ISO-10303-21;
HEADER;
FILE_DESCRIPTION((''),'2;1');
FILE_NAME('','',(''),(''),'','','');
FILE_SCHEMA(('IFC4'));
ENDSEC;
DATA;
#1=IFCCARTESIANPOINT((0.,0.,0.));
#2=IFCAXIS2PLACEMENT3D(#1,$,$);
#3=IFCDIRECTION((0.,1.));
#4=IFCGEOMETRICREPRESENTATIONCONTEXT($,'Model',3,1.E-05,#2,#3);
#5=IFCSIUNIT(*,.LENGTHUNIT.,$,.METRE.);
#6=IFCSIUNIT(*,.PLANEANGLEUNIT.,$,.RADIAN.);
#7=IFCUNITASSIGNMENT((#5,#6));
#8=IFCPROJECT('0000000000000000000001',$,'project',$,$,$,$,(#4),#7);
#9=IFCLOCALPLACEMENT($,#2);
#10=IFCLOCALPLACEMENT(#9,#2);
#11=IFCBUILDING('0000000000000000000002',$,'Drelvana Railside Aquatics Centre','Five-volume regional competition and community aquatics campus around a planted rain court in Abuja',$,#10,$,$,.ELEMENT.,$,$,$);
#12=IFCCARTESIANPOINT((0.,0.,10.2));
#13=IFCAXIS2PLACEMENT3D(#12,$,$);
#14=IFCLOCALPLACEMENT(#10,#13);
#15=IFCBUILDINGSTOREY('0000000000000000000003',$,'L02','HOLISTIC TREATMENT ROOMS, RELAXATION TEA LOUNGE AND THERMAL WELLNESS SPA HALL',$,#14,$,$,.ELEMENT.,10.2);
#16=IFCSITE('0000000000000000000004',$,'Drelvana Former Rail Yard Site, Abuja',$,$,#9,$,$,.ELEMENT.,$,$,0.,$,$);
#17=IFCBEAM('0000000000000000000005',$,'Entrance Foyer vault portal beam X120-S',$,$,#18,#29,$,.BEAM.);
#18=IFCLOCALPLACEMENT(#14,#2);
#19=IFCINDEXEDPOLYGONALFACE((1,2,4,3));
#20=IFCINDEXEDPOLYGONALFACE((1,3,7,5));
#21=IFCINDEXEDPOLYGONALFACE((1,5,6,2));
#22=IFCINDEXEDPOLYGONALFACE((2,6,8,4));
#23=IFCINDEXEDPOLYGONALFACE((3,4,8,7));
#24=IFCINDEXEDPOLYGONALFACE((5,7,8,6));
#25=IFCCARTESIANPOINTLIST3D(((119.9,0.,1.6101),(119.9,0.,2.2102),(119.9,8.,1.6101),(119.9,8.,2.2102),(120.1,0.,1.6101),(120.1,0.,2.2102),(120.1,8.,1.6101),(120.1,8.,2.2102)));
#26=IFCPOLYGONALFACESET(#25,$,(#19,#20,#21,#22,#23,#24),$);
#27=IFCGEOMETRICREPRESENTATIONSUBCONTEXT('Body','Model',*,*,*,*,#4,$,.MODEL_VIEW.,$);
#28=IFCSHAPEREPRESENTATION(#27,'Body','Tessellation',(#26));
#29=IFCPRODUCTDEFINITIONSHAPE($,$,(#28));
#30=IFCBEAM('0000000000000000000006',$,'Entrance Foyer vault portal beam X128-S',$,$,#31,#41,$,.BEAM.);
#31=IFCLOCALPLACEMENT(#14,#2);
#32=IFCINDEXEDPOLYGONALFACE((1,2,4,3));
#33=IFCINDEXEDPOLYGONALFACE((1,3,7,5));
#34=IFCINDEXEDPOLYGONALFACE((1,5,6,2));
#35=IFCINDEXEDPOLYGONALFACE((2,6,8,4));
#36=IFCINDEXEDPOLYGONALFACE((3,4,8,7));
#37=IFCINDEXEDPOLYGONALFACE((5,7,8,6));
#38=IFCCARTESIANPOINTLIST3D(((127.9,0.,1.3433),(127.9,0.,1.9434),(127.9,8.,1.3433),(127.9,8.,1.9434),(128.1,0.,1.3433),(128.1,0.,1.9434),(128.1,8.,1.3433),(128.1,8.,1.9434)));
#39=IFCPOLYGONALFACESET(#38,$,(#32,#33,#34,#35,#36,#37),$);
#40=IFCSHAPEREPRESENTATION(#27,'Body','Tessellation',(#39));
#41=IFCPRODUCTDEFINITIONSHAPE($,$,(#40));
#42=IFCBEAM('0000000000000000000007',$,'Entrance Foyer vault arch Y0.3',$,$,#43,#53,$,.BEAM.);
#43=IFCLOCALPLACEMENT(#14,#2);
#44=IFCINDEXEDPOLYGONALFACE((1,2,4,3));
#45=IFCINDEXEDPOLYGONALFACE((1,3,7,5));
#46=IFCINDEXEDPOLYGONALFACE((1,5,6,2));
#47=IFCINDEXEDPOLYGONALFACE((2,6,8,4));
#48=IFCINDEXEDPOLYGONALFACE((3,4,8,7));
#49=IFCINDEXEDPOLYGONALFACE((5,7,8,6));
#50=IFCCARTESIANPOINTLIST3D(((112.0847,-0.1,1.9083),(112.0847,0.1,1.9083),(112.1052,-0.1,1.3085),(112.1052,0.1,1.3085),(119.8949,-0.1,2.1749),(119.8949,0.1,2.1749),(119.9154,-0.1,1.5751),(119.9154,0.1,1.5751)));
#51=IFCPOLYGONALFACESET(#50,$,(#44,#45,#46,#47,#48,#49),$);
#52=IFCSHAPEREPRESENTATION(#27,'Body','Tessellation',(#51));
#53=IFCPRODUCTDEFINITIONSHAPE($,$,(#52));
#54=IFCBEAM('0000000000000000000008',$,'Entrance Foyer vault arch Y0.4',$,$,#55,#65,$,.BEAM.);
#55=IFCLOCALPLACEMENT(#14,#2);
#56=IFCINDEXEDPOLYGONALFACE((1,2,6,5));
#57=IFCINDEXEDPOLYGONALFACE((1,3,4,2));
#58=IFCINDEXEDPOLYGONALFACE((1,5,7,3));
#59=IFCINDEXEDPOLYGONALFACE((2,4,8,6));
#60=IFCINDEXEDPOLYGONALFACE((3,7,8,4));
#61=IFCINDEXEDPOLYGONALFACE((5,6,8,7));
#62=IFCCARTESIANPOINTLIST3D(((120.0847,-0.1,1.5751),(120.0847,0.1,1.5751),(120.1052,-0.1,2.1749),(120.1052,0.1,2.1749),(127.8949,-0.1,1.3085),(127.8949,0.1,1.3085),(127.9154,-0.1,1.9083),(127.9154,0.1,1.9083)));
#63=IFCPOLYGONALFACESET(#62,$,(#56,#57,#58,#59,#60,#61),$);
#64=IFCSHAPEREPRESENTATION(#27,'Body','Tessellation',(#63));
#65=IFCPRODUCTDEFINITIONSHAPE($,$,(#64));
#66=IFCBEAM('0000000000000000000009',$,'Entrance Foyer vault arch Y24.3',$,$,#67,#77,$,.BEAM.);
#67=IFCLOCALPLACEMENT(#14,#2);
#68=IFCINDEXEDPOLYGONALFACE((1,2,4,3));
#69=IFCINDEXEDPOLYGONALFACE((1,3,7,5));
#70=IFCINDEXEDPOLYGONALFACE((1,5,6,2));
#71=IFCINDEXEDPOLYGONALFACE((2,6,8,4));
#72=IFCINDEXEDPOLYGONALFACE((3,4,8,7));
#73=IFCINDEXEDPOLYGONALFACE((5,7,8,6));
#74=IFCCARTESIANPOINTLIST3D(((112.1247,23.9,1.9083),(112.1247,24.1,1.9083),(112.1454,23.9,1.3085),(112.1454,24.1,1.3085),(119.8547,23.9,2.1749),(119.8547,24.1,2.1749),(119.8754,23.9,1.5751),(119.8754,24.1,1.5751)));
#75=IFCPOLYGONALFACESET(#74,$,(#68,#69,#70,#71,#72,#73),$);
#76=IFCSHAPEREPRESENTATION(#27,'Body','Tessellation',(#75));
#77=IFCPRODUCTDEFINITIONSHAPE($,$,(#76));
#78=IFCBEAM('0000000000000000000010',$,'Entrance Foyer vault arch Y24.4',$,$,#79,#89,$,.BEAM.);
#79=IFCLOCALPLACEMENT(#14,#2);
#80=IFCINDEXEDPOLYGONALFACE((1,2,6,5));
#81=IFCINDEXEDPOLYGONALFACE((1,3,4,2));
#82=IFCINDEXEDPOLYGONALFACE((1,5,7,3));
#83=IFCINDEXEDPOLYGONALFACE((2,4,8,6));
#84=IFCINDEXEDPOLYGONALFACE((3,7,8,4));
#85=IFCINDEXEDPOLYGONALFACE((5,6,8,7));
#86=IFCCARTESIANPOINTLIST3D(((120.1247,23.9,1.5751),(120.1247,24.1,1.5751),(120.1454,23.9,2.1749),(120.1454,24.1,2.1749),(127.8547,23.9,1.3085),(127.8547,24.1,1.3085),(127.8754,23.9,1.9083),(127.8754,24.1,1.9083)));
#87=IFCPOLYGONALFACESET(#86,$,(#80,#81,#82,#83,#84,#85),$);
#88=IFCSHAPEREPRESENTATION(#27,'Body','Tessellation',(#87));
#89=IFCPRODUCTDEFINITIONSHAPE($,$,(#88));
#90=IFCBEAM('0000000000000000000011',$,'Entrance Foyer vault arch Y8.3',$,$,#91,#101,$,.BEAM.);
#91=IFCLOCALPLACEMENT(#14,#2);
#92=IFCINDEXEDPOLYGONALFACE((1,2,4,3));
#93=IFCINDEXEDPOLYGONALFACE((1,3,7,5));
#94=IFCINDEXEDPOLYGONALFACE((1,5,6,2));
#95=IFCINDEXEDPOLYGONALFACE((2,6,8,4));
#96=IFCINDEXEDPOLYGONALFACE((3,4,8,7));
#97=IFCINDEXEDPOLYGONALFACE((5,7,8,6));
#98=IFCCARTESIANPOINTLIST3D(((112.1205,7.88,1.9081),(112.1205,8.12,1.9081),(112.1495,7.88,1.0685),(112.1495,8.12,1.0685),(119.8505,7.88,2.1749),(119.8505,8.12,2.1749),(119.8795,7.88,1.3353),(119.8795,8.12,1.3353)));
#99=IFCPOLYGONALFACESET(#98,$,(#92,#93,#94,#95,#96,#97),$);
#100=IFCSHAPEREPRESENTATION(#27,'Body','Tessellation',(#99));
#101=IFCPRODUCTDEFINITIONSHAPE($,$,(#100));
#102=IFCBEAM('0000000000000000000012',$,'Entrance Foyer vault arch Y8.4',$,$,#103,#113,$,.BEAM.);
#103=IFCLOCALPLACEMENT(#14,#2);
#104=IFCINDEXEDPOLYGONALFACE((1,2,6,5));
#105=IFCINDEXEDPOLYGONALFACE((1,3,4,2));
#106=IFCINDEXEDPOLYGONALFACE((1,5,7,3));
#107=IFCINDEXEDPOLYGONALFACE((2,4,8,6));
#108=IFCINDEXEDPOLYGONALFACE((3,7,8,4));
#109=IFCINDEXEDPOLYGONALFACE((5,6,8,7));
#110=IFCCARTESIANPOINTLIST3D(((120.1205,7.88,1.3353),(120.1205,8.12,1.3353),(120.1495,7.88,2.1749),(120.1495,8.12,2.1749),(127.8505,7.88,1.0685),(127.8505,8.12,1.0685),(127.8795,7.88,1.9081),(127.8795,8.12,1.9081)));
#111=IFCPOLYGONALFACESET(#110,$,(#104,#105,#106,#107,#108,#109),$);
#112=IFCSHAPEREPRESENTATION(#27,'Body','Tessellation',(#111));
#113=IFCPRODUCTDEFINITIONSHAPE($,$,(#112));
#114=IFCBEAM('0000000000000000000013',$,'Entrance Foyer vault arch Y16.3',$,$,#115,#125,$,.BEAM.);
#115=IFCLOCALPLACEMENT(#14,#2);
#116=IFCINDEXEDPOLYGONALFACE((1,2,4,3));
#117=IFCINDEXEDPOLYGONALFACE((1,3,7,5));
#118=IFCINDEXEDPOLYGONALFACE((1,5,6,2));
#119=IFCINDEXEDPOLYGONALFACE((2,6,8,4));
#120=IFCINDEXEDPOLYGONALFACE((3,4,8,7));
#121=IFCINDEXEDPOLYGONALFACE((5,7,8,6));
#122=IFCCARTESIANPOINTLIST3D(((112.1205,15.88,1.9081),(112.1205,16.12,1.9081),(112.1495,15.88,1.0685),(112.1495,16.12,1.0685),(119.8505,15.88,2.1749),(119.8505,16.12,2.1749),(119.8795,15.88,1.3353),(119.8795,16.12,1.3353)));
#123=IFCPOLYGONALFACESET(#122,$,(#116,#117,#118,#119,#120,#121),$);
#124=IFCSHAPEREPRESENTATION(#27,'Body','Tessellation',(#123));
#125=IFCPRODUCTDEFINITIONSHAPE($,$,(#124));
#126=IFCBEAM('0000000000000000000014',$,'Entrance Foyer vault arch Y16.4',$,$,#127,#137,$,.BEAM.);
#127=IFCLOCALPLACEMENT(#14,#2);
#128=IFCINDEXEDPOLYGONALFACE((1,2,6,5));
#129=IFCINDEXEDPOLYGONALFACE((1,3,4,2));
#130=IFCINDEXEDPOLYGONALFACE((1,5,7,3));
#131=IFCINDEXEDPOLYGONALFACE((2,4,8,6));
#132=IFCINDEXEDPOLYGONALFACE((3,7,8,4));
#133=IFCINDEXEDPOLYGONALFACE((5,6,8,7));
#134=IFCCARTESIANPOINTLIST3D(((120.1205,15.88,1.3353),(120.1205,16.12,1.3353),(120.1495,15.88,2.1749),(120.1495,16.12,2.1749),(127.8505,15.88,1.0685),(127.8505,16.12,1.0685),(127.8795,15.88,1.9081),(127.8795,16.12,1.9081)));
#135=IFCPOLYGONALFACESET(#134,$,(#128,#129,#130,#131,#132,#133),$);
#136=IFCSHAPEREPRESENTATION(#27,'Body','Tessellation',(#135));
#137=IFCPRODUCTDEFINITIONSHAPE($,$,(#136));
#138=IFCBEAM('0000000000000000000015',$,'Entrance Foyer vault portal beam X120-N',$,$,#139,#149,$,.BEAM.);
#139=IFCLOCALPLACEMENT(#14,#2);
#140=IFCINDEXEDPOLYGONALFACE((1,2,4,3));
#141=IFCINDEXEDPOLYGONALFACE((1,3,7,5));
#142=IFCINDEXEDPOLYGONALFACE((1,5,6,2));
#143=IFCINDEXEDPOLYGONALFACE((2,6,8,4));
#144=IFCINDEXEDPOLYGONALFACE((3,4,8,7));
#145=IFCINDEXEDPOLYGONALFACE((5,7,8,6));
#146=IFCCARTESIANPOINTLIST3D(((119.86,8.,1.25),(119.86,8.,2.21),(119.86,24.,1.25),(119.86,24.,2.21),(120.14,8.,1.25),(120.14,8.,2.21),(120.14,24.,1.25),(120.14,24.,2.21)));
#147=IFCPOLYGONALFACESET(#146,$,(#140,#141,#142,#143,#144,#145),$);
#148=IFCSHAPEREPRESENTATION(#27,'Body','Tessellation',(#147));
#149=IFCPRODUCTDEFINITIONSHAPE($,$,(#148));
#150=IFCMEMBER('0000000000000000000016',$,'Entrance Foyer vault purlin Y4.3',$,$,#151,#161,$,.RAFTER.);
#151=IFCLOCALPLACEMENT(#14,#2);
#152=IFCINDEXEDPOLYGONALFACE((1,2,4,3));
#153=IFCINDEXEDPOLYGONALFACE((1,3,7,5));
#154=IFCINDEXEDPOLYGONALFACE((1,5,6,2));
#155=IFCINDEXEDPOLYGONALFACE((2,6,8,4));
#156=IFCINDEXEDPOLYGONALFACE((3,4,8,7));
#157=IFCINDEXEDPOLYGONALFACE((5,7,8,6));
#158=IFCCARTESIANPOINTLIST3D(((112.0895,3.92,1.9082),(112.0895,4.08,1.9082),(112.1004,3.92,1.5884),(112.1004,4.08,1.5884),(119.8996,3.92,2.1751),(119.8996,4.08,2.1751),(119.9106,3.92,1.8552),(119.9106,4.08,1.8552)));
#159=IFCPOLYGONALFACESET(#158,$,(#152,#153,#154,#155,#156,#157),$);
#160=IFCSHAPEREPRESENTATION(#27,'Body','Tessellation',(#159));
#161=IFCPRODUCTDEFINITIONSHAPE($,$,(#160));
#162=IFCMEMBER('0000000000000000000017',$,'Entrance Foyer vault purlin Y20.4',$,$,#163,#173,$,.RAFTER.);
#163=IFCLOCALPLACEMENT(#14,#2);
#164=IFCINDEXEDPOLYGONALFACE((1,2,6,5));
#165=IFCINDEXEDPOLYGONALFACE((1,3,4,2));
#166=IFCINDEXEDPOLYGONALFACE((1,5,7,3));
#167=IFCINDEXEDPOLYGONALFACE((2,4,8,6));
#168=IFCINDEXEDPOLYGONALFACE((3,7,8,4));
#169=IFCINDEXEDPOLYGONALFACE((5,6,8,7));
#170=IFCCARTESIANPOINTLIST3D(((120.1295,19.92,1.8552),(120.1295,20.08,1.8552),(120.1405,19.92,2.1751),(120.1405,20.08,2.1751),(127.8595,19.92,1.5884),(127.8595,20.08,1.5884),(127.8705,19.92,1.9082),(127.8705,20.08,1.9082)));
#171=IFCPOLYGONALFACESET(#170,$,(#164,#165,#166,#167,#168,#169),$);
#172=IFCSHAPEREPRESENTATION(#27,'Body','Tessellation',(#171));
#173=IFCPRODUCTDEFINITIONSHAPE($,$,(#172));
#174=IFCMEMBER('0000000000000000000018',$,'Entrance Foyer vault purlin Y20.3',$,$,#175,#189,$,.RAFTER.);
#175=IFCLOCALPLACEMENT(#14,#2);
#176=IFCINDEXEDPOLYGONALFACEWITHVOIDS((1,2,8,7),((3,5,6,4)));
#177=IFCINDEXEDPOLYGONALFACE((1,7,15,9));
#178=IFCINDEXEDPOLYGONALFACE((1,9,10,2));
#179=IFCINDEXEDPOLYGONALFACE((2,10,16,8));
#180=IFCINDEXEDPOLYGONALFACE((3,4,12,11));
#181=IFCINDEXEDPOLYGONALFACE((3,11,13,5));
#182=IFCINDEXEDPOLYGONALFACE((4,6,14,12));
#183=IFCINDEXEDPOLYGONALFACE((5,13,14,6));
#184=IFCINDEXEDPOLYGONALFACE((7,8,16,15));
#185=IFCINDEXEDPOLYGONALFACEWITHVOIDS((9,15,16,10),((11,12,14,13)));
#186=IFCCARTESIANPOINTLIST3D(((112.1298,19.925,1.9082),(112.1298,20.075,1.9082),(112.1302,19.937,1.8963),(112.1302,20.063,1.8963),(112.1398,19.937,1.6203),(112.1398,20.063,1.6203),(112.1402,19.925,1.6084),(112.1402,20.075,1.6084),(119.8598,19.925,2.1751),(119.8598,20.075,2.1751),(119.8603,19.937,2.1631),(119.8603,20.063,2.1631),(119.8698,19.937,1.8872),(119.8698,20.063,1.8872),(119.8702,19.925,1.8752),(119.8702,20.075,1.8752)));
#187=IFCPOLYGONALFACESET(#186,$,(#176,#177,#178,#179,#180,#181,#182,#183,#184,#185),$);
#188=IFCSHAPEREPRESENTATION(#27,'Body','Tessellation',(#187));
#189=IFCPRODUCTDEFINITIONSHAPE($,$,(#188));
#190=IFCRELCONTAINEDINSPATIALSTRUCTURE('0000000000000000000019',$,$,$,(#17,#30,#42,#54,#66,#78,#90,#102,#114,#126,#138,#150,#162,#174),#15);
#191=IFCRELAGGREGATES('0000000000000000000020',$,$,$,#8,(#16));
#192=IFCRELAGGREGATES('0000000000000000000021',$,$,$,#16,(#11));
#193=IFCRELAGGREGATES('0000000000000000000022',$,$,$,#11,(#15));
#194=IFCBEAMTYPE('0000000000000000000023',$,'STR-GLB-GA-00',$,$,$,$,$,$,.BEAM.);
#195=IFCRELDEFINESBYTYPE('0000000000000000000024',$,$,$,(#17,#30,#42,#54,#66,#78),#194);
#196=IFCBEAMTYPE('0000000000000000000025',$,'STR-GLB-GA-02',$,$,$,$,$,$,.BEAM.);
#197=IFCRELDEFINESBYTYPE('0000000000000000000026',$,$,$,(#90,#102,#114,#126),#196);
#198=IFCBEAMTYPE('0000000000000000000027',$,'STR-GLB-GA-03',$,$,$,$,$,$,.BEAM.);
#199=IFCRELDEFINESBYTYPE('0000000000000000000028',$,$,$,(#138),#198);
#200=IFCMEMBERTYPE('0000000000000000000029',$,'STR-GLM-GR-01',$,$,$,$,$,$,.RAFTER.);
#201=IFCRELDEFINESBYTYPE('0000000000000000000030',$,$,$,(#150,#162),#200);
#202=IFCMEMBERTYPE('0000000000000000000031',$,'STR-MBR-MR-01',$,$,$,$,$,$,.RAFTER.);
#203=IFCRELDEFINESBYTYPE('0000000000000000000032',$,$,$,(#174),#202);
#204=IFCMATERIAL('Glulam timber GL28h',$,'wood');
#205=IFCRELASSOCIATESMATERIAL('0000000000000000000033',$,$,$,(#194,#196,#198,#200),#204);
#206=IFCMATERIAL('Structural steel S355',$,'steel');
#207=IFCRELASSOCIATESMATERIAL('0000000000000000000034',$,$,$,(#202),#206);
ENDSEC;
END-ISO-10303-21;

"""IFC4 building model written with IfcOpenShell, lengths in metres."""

from ifc_helpers import new_model, si_unit, direction, frame, origin, origin_2d, place, context, subcontext, project, spatial, rectangle, hollow_rectangle, extrude, material, material_profile, profile_set, type_object, element, save


model = new_model("IFC4")

# Units and contexts
model_context = context("Model", 3, precision=1e-05, world=origin(), true_north=direction((0.0, 1.0)))
body_context = subcontext(model_context, "Body", "Model", "MODEL_VIEW")
ifc_project = project(units=[si_unit("LENGTHUNIT", "METRE"), si_unit("PLANEANGLEUNIT", "RADIAN")], contexts=[model_context])

# Site, building, storey
site_placement = place(None, origin())
site = spatial("IfcSite", under=ifc_project, at=site_placement, Name="Drelvana Former Rail Yard Site, Abuja", CompositionType="ELEMENT", RefElevation=0.0)
building_placement = place(site_placement, origin())
building = spatial("IfcBuilding", under=site, at=building_placement, Name="Drelvana Railside Aquatics Centre", Description="Five-volume regional competition and community aquatics campus around a planted rain court in Abuja", CompositionType="ELEMENT")
storey_placement = place(building_placement, frame((0.0, 0.0, 10.2)))
storey = spatial("IfcBuildingStorey", under=building, at=storey_placement, Name="L02", Description="HOLISTIC TREATMENT ROOMS, RELAXATION TEA LOUNGE AND THERMAL WELLNESS SPA HALL", CompositionType="ELEMENT", Elevation=10.2)

# Beams
ifc_material_1 = material(Name="Glulam timber GL28h", Category="wood")
ifc_material_profile_1 = material_profile(ifc_material_1, rectangle(XDim=0.2, YDim=0.6001, at=origin_2d()), Name="GL28h 200x600")
ifc_profile_set_1 = profile_set([ifc_material_profile_1], Name="Glulam timber GL28h")
beam_type_1 = type_object("IfcBeamType", Name="STR-GLB-GA-00", PredefinedType="BEAM", material=ifc_profile_set_1)
for number, where, z_axis, x_axis, name in (
    (1, (120.0, 0.0, 1.9102), (0.0, 1.0, 0.0), (-1.0, 0.0, 0.0), "Entrance Foyer vault portal beam X120-S"),
    (2, (128.0, 0.0, 1.6433), (0.0, 1.0, 0.0), (-1.0, 0.0, 0.0), "Entrance Foyer vault portal beam X128-S"),
):
    element("IfcBeam", number, at=place(storey_placement, frame(where, z_axis=z_axis, x_axis=x_axis)), inside=storey, type_object=beam_type_1, Name=name, PredefinedType="BEAM", context=body_context, shape_type="SweptSolid", body=[
        extrude(rectangle(XDim=0.2, YDim=0.6001, at=origin_2d()), origin(), (0.0, 0.0, 1.0), 8.0),
    ])
for number, where, z_axis, x_axis, name in (
    (3, (112.095, 0.0, 1.6084), (0.999418, 0.0, 0.034116), (0.0, 1.0, 0.0), "Entrance Foyer vault arch Y0.3"),
    (4, (120.095, 0.0, 1.875), (0.999418, 0.0, -0.034116), (0.0, 1.0, 0.0), "Entrance Foyer vault arch Y0.4"),
):
    element("IfcBeam", number, at=place(storey_placement, frame(where, z_axis=z_axis, x_axis=x_axis)), inside=storey, type_object=beam_type_1, Name=name, PredefinedType="BEAM", context=body_context, shape_type="SweptSolid", body=[
        extrude(rectangle(XDim=0.2, YDim=0.6001, at=origin_2d()), origin(), (0.0, 0.0, 1.0), 7.8147),
    ])
for number, where, z_axis, x_axis, name in (
    (5, (112.135, 24.0, 1.6084), (0.999406, 0.0, 0.034469), (0.0, 1.0, 0.0), "Entrance Foyer vault arch Y24.3"),
    (6, (120.135, 24.0, 1.875), (0.999406, 0.0, -0.034469), (0.0, 1.0, 0.0), "Entrance Foyer vault arch Y24.4"),
):
    element("IfcBeam", number, at=place(storey_placement, frame(where, z_axis=z_axis, x_axis=x_axis)), inside=storey, type_object=beam_type_1, Name=name, PredefinedType="BEAM", context=body_context, shape_type="SweptSolid", body=[
        extrude(rectangle(XDim=0.2, YDim=0.6001, at=origin_2d()), origin(), (0.0, 0.0, 1.0), 7.7346),
    ])
ifc_material_profile_2 = material_profile(ifc_material_1, rectangle(XDim=0.24, YDim=0.8401, at=origin_2d()), Name="GL28h 240x840")
ifc_profile_set_2 = profile_set([ifc_material_profile_2], Name="Glulam timber GL28h")
beam_type_2 = type_object("IfcBeamType", Name="STR-GLB-GA-02", PredefinedType="BEAM", material=ifc_profile_set_2)
for number, where, z_axis, x_axis, name in (
    (7, (112.135, 8.0, 1.4883), (0.999405, 0.0, 0.0345), (0.0, 1.0, 0.0), "Entrance Foyer vault arch Y8.3"),
    (8, (120.135, 8.0, 1.7551), (0.999405, 0.0, -0.0345), (0.0, 1.0, 0.0), "Entrance Foyer vault arch Y8.4"),
    (9, (112.135, 16.0, 1.4883), (0.999405, 0.0, 0.0345), (0.0, 1.0, 0.0), "Entrance Foyer vault arch Y16.3"),
    (10, (120.135, 16.0, 1.7551), (0.999405, 0.0, -0.0345), (0.0, 1.0, 0.0), "Entrance Foyer vault arch Y16.4"),
):
    element("IfcBeam", number, at=place(storey_placement, frame(where, z_axis=z_axis, x_axis=x_axis)), inside=storey, type_object=beam_type_2, Name=name, PredefinedType="BEAM", context=body_context, shape_type="SweptSolid", body=[
        extrude(rectangle(XDim=0.24, YDim=0.8401, at=origin_2d()), origin(), (0.0, 0.0, 1.0), 7.7346),
    ])
ifc_material_profile_3 = material_profile(ifc_material_1, rectangle(XDim=0.28, YDim=0.96, at=origin_2d()), Name="GL28h 280x960")
ifc_profile_set_3 = profile_set([ifc_material_profile_3], Name="Glulam timber GL28h")
beam_type_3 = type_object("IfcBeamType", Name="STR-GLB-GA-03", PredefinedType="BEAM", material=ifc_profile_set_3)
beam_placement = place(storey_placement, frame((120.0, 8.0, 1.73), z_axis=(0.0, 1.0, 0.0), x_axis=(-1.0, 0.0, 0.0)))
element("IfcBeam", 11, at=beam_placement, inside=storey, type_object=beam_type_3, Name="Entrance Foyer vault portal beam X120-N", PredefinedType="BEAM", context=body_context, shape_type="SweptSolid", body=[
    extrude(rectangle(XDim=0.28, YDim=0.96, at=origin_2d()), origin(), (0.0, 0.0, 1.0), 16.0),
])

# Members
ifc_material_profile_4 = material_profile(ifc_material_1, rectangle(XDim=0.1599, YDim=0.3201, at=origin_2d()), Name="GL28h 160x320")
ifc_profile_set_4 = profile_set([ifc_material_profile_4], Name="Glulam timber GL28h")
member_type_1 = type_object("IfcMemberType", Name="STR-GLM-GR-01", PredefinedType="RAFTER", material=ifc_profile_set_4)
member_1_placement = place(storey_placement, frame((112.095, 4.0, 1.7483), z_axis=(0.999417, 0.0, 0.034147), x_axis=(0.0, 1.0, 0.0)))
element("IfcMember", 12, at=member_1_placement, inside=storey, type_object=member_type_1, Name="Entrance Foyer vault purlin Y4.3", PredefinedType="RAFTER", context=body_context, shape_type="SweptSolid", body=[
    extrude(rectangle(XDim=0.1599, YDim=0.3201, at=origin_2d()), origin(), (0.0, 0.0, 1.0), 7.8147),
])
member_2_placement = place(storey_placement, frame((120.135, 20.0, 2.0151), z_axis=(0.999405, 0.0, -0.0345), x_axis=(0.0, 1.0, 0.0)))
element("IfcMember", 13, at=member_2_placement, inside=storey, type_object=member_type_1, Name="Entrance Foyer vault purlin Y20.4", PredefinedType="RAFTER", context=body_context, shape_type="SweptSolid", body=[
    extrude(rectangle(XDim=0.1599, YDim=0.3201, at=origin_2d()), origin(), (0.0, 0.0, 1.0), 7.7346),
])
ifc_material_2 = material(Name="Structural steel S355", Category="steel")
ifc_material_profile_5 = material_profile(ifc_material_2, hollow_rectangle(XDim=0.1499, YDim=0.3, WallThickness=0.012, at=origin_2d()), Name="RHS 300x150x12")
ifc_profile_set_5 = profile_set([ifc_material_profile_5], Name="Structural steel S355")
member_type_2 = type_object("IfcMemberType", Name="STR-MBR-MR-01", PredefinedType="RAFTER", material=ifc_profile_set_5)
member_3_placement = place(storey_placement, frame((112.135, 20.0, 1.7583), z_axis=(0.999405, 0.0, 0.0345), x_axis=(0.0, 1.0, 0.0)))
element("IfcMember", 14, at=member_3_placement, inside=storey, type_object=member_type_2, Name="Entrance Foyer vault purlin Y20.3", PredefinedType="RAFTER", context=body_context, shape_type="SweptSolid", body=[
    extrude(hollow_rectangle(XDim=0.1499, YDim=0.3, WallThickness=0.012, at=origin_2d()), origin(), (0.0, 0.0, 1.0), 7.7346),
])

save(model, "model.ifc")
